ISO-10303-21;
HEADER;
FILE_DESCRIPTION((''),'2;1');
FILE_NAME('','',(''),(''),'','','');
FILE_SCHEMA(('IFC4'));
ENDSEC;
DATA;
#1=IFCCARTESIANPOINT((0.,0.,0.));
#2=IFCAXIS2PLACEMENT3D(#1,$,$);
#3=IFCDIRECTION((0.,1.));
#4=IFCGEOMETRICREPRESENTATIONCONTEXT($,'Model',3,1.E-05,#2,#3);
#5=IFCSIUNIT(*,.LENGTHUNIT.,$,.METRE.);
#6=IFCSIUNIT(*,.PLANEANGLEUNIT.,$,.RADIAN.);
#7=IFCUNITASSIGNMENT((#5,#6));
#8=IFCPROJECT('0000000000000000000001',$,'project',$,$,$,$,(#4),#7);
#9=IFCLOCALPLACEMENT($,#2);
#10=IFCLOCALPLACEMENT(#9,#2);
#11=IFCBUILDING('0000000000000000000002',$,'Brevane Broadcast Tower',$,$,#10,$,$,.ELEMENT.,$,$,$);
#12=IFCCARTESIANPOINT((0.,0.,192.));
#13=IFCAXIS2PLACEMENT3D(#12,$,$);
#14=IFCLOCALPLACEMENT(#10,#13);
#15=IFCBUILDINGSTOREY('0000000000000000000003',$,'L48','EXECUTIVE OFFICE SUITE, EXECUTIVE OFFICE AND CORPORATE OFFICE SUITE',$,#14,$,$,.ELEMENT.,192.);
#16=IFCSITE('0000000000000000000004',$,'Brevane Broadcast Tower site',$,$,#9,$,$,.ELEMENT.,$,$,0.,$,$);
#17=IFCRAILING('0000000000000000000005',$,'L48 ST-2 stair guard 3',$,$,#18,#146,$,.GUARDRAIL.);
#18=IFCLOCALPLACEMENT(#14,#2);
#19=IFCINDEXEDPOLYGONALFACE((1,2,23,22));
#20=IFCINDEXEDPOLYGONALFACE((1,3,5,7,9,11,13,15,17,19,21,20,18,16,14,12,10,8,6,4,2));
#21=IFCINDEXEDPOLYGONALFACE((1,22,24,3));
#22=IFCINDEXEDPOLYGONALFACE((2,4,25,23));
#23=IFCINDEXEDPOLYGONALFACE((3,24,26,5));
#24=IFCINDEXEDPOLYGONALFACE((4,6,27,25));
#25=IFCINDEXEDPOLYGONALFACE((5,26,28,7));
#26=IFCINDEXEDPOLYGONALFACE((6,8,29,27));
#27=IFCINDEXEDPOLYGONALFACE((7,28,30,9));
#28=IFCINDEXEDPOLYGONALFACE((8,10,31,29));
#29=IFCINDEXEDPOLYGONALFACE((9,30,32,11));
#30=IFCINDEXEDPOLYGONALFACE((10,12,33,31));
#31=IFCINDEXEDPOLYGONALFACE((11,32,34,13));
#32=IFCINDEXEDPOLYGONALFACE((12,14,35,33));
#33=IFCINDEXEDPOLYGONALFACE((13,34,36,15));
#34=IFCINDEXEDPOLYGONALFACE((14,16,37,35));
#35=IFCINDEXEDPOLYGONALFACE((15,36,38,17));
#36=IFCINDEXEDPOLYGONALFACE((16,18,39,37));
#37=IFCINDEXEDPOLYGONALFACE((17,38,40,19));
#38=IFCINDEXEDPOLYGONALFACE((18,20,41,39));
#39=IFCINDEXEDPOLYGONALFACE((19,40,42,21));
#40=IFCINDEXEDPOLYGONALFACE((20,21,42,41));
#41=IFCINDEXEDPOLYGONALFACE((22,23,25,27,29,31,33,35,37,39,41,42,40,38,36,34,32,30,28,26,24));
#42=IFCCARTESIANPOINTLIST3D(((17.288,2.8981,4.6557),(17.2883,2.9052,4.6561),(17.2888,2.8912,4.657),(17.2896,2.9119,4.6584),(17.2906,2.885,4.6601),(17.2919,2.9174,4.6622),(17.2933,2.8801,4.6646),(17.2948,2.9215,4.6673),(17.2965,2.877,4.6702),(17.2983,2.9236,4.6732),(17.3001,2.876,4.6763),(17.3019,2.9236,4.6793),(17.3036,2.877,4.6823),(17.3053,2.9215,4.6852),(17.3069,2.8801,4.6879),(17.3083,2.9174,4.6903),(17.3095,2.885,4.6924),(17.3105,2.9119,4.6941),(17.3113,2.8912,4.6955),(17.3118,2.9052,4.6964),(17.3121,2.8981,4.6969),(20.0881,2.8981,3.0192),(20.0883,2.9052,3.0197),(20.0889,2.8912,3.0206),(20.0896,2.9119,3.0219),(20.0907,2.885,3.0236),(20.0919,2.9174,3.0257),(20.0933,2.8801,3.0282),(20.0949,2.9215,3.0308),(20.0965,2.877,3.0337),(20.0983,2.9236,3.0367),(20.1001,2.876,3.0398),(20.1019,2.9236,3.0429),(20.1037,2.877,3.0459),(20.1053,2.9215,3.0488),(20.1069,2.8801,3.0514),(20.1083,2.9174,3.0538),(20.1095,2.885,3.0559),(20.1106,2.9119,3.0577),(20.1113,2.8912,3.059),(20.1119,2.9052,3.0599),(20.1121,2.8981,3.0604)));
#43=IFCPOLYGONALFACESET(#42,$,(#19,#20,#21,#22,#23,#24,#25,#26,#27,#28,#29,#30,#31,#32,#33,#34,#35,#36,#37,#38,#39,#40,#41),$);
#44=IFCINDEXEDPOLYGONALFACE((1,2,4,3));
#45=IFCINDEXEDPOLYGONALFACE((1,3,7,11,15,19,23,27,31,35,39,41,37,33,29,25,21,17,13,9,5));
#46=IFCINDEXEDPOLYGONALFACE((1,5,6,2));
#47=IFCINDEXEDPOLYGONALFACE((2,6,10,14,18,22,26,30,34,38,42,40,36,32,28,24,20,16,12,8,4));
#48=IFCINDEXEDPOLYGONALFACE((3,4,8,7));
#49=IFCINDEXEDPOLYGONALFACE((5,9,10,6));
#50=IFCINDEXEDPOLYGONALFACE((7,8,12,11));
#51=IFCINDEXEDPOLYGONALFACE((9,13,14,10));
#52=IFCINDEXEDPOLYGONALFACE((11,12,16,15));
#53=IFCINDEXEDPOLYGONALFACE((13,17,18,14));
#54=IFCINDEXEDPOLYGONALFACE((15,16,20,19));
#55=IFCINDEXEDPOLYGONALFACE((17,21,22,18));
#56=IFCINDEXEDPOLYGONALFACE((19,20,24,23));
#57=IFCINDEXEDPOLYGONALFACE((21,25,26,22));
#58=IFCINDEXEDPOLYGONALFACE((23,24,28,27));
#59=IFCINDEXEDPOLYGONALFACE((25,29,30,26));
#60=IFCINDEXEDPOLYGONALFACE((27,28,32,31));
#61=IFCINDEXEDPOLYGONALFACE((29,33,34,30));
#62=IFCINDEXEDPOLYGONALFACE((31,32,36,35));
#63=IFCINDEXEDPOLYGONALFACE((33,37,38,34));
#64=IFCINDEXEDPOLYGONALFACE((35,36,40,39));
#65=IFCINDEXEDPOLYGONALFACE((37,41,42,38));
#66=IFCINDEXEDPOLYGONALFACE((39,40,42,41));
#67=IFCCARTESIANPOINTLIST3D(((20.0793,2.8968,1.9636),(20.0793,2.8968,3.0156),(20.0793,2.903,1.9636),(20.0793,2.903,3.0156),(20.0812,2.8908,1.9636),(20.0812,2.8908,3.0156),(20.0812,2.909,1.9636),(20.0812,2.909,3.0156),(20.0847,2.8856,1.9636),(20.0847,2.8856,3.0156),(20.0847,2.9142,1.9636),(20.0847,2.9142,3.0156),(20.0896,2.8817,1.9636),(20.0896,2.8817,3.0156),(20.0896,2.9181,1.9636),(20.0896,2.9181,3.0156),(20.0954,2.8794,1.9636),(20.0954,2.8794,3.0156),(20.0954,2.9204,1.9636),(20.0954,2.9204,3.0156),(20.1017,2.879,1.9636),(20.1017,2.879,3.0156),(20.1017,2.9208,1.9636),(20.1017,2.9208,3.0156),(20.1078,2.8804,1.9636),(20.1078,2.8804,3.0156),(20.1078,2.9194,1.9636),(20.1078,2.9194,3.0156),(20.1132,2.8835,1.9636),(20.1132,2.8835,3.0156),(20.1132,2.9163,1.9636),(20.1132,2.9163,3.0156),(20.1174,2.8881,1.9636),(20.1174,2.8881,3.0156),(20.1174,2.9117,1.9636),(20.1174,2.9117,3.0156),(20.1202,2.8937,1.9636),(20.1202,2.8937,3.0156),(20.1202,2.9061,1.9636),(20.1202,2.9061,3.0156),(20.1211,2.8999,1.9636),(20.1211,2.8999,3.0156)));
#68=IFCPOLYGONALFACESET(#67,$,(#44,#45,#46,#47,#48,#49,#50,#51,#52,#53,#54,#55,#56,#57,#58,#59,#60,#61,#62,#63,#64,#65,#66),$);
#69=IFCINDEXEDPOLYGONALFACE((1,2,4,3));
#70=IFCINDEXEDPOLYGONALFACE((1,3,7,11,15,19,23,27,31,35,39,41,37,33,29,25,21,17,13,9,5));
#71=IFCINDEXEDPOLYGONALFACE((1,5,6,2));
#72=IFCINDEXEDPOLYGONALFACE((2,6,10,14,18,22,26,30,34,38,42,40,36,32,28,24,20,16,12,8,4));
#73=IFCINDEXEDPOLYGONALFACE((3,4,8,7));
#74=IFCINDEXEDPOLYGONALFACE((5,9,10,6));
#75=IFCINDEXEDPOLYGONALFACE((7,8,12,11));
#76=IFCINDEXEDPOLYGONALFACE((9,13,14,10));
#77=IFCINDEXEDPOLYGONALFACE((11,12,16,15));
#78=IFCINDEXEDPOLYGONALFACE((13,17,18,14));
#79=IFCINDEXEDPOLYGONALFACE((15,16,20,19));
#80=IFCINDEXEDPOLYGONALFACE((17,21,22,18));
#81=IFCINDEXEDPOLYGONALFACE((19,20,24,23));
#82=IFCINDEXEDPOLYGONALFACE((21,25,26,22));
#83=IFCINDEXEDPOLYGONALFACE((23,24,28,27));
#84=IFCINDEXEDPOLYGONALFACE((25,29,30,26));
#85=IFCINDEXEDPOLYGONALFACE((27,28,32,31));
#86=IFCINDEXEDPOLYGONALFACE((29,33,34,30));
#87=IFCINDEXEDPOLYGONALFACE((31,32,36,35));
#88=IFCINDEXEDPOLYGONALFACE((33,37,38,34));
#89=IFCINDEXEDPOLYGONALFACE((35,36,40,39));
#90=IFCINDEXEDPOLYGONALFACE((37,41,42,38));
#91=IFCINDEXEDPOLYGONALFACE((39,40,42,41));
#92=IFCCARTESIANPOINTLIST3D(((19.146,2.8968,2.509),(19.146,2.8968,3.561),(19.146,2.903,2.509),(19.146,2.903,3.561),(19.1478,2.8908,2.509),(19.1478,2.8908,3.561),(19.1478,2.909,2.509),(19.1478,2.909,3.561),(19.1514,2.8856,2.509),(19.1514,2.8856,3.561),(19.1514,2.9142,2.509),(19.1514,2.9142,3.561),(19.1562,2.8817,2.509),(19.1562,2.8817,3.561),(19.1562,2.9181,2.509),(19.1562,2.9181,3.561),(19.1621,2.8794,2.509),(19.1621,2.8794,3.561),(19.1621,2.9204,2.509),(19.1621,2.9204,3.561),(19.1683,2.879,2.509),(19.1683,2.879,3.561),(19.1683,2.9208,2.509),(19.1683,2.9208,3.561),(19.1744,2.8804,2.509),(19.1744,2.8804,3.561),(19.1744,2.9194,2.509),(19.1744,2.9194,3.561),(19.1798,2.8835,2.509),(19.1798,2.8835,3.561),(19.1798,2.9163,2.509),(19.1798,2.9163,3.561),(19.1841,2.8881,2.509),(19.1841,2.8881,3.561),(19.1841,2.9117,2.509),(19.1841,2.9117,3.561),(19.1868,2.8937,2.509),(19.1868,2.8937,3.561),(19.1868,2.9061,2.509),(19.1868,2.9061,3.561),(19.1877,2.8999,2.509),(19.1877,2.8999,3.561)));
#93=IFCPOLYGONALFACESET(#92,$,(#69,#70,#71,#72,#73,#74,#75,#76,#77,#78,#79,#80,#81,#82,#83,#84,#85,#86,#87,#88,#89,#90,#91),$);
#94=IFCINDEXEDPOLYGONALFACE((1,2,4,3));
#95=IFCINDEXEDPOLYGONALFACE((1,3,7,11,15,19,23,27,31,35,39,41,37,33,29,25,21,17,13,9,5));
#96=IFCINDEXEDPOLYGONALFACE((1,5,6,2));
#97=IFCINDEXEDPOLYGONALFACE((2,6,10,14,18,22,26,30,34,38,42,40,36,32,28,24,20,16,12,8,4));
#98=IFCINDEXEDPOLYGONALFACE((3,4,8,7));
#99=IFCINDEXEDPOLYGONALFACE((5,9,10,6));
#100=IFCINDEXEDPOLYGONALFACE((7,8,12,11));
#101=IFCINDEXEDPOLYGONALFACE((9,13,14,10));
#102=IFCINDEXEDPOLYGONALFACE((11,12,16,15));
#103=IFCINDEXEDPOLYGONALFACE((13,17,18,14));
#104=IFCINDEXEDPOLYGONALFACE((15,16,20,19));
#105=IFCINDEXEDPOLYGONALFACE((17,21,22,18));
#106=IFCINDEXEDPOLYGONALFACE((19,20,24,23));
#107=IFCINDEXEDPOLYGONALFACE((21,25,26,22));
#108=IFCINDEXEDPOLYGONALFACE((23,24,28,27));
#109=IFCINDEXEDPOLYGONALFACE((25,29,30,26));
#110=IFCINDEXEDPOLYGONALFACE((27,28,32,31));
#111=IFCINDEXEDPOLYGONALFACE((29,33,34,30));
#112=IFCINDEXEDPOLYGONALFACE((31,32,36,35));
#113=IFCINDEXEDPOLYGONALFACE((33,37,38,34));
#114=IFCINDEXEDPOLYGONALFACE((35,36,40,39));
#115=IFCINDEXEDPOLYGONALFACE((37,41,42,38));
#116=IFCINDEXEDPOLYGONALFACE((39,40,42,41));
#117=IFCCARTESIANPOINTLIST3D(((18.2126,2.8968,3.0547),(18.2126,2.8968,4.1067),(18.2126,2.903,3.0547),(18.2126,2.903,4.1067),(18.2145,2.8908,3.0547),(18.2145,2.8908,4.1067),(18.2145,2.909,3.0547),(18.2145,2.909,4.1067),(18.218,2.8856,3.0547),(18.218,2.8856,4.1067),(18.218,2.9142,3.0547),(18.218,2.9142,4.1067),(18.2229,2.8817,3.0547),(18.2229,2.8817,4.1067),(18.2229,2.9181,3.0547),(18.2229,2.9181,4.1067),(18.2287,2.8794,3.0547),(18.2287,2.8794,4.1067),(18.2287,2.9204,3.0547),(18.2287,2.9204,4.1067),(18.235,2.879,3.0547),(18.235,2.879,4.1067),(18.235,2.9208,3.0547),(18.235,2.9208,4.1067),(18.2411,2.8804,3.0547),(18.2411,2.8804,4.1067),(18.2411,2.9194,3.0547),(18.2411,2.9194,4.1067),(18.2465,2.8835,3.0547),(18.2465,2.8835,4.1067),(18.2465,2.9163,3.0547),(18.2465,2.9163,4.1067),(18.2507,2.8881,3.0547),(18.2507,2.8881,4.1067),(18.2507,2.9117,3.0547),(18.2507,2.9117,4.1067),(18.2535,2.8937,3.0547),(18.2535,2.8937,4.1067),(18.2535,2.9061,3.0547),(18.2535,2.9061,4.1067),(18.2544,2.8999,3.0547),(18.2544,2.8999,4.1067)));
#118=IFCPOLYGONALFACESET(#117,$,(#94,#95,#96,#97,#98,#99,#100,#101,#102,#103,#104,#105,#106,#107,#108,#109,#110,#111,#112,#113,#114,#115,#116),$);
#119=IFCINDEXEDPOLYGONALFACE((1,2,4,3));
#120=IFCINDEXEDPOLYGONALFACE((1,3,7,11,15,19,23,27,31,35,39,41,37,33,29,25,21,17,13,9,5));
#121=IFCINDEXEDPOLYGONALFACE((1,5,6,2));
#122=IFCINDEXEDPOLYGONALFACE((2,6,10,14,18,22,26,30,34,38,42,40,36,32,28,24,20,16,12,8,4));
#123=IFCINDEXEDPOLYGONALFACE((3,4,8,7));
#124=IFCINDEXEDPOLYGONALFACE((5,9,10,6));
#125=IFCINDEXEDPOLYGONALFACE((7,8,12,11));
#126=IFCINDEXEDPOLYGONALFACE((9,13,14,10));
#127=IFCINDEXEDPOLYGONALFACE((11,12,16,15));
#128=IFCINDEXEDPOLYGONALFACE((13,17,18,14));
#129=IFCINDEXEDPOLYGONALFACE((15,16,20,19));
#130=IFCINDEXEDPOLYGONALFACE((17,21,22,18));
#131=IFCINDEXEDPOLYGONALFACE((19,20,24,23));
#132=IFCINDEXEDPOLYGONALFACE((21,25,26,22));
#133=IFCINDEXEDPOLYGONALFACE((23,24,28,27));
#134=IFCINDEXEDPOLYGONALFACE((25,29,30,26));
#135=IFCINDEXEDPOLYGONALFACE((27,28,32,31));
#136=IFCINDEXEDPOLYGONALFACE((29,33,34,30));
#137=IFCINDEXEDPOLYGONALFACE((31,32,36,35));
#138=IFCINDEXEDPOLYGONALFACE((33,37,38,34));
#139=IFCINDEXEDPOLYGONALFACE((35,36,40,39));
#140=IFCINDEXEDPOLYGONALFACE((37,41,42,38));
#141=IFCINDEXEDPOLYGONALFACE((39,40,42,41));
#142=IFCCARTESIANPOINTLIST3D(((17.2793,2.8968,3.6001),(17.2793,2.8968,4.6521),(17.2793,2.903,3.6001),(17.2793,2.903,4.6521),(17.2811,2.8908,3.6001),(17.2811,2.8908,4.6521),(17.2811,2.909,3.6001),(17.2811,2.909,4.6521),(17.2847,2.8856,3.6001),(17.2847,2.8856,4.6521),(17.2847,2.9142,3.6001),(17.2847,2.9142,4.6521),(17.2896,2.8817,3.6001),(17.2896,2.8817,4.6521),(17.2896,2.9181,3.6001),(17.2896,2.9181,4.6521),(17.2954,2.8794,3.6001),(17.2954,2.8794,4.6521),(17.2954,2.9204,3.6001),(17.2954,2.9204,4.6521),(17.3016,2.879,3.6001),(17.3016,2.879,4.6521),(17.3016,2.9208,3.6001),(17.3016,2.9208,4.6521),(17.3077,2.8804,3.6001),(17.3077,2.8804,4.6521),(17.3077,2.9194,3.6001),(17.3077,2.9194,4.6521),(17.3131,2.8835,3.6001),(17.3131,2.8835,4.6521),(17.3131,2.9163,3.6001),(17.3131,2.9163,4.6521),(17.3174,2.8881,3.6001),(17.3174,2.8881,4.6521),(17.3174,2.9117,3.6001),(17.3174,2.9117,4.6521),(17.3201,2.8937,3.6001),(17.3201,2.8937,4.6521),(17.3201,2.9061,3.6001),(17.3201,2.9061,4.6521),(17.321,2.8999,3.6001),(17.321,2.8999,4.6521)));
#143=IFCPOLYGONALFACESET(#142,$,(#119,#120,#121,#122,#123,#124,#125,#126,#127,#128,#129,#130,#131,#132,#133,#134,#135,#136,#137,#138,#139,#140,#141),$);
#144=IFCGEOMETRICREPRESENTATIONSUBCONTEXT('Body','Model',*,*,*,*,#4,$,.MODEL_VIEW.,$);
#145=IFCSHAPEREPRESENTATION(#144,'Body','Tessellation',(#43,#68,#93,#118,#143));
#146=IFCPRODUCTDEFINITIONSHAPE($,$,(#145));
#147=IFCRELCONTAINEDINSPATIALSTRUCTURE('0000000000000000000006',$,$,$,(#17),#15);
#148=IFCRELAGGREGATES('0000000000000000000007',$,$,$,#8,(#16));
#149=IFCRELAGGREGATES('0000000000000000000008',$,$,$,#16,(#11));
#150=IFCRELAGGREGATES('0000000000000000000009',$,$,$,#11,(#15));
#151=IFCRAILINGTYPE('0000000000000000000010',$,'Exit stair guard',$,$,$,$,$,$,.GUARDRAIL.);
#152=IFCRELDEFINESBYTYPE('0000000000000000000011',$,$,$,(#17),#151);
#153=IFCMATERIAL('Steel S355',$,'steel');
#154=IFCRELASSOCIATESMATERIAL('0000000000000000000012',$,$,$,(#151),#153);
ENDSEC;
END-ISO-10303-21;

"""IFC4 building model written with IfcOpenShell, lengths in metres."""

from ifc_helpers import new_model, si_unit, direction, frame, origin, origin_2d, place, context, subcontext, project, spatial, circle, extrude, material, type_object, element, save


model = new_model("IFC4")

# Units and contexts
model_context = context("Model", 3, precision=1e-05, world=origin(), true_north=direction((0.0, 1.0)))
body_context = subcontext(model_context, "Body", "Model", "MODEL_VIEW")
ifc_project = project(units=[si_unit("LENGTHUNIT", "METRE"), si_unit("PLANEANGLEUNIT", "RADIAN")], contexts=[model_context])

# Site, building, storey
site_placement = place(None, origin())
site = spatial("IfcSite", under=ifc_project, at=site_placement, Name="Brevane Broadcast Tower site", CompositionType="ELEMENT", RefElevation=0.0)
building_placement = place(site_placement, origin())
building = spatial("IfcBuilding", under=site, at=building_placement, Name="Brevane Broadcast Tower", CompositionType="ELEMENT")
storey_placement = place(building_placement, frame((0.0, 0.0, 192.0)))
storey = spatial("IfcBuildingStorey", under=building, at=storey_placement, Name="L48", Description="EXECUTIVE OFFICE SUITE, EXECUTIVE OFFICE AND CORPORATE OFFICE SUITE", CompositionType="ELEMENT", Elevation=192.0)

# Railing
ifc_material_1 = material(Name="Steel S355", Category="steel")
railing_type_1 = type_object("IfcRailingType", Name="Exit stair guard", PredefinedType="GUARDRAIL", material=ifc_material_1)
railing_1_placement = place(storey_placement, frame((20.1001, 2.8999, 1.9636)))
element("IfcRailing", 1, at=railing_1_placement, inside=storey, type_object=railing_type_1, Name="L48 ST-2 stair guard 3", PredefinedType="GUARDRAIL", context=body_context, shape_type="SweptSolid", body=[
    extrude(circle(Radius=0.0239, at=origin_2d()), frame((0.0, 0.0, 1.0762), z_axis=(-0.863361, 0.0, 0.504587), x_axis=(0.0, -1.0, 0.0)), (0.0, 0.0, 1.0), 3.2432),
    extrude(circle(Radius=0.021, at=origin_2d()), origin(), (0.0, 0.0, 1.0), 1.052),
    extrude(circle(Radius=0.021, at=origin_2d()), frame((-0.9333, 0.0, 0.5454)), (0.0, 0.0, 1.0), 1.052),
    extrude(circle(Radius=0.021, at=origin_2d()), frame((-1.8667, 0.0, 1.0911)), (0.0, 0.0, 1.0), 1.052),
    extrude(circle(Radius=0.021, at=origin_2d()), frame((-2.8, 0.0, 1.6365)), (0.0, 0.0, 1.0), 1.052),
])

save(model, "model.ifc")
